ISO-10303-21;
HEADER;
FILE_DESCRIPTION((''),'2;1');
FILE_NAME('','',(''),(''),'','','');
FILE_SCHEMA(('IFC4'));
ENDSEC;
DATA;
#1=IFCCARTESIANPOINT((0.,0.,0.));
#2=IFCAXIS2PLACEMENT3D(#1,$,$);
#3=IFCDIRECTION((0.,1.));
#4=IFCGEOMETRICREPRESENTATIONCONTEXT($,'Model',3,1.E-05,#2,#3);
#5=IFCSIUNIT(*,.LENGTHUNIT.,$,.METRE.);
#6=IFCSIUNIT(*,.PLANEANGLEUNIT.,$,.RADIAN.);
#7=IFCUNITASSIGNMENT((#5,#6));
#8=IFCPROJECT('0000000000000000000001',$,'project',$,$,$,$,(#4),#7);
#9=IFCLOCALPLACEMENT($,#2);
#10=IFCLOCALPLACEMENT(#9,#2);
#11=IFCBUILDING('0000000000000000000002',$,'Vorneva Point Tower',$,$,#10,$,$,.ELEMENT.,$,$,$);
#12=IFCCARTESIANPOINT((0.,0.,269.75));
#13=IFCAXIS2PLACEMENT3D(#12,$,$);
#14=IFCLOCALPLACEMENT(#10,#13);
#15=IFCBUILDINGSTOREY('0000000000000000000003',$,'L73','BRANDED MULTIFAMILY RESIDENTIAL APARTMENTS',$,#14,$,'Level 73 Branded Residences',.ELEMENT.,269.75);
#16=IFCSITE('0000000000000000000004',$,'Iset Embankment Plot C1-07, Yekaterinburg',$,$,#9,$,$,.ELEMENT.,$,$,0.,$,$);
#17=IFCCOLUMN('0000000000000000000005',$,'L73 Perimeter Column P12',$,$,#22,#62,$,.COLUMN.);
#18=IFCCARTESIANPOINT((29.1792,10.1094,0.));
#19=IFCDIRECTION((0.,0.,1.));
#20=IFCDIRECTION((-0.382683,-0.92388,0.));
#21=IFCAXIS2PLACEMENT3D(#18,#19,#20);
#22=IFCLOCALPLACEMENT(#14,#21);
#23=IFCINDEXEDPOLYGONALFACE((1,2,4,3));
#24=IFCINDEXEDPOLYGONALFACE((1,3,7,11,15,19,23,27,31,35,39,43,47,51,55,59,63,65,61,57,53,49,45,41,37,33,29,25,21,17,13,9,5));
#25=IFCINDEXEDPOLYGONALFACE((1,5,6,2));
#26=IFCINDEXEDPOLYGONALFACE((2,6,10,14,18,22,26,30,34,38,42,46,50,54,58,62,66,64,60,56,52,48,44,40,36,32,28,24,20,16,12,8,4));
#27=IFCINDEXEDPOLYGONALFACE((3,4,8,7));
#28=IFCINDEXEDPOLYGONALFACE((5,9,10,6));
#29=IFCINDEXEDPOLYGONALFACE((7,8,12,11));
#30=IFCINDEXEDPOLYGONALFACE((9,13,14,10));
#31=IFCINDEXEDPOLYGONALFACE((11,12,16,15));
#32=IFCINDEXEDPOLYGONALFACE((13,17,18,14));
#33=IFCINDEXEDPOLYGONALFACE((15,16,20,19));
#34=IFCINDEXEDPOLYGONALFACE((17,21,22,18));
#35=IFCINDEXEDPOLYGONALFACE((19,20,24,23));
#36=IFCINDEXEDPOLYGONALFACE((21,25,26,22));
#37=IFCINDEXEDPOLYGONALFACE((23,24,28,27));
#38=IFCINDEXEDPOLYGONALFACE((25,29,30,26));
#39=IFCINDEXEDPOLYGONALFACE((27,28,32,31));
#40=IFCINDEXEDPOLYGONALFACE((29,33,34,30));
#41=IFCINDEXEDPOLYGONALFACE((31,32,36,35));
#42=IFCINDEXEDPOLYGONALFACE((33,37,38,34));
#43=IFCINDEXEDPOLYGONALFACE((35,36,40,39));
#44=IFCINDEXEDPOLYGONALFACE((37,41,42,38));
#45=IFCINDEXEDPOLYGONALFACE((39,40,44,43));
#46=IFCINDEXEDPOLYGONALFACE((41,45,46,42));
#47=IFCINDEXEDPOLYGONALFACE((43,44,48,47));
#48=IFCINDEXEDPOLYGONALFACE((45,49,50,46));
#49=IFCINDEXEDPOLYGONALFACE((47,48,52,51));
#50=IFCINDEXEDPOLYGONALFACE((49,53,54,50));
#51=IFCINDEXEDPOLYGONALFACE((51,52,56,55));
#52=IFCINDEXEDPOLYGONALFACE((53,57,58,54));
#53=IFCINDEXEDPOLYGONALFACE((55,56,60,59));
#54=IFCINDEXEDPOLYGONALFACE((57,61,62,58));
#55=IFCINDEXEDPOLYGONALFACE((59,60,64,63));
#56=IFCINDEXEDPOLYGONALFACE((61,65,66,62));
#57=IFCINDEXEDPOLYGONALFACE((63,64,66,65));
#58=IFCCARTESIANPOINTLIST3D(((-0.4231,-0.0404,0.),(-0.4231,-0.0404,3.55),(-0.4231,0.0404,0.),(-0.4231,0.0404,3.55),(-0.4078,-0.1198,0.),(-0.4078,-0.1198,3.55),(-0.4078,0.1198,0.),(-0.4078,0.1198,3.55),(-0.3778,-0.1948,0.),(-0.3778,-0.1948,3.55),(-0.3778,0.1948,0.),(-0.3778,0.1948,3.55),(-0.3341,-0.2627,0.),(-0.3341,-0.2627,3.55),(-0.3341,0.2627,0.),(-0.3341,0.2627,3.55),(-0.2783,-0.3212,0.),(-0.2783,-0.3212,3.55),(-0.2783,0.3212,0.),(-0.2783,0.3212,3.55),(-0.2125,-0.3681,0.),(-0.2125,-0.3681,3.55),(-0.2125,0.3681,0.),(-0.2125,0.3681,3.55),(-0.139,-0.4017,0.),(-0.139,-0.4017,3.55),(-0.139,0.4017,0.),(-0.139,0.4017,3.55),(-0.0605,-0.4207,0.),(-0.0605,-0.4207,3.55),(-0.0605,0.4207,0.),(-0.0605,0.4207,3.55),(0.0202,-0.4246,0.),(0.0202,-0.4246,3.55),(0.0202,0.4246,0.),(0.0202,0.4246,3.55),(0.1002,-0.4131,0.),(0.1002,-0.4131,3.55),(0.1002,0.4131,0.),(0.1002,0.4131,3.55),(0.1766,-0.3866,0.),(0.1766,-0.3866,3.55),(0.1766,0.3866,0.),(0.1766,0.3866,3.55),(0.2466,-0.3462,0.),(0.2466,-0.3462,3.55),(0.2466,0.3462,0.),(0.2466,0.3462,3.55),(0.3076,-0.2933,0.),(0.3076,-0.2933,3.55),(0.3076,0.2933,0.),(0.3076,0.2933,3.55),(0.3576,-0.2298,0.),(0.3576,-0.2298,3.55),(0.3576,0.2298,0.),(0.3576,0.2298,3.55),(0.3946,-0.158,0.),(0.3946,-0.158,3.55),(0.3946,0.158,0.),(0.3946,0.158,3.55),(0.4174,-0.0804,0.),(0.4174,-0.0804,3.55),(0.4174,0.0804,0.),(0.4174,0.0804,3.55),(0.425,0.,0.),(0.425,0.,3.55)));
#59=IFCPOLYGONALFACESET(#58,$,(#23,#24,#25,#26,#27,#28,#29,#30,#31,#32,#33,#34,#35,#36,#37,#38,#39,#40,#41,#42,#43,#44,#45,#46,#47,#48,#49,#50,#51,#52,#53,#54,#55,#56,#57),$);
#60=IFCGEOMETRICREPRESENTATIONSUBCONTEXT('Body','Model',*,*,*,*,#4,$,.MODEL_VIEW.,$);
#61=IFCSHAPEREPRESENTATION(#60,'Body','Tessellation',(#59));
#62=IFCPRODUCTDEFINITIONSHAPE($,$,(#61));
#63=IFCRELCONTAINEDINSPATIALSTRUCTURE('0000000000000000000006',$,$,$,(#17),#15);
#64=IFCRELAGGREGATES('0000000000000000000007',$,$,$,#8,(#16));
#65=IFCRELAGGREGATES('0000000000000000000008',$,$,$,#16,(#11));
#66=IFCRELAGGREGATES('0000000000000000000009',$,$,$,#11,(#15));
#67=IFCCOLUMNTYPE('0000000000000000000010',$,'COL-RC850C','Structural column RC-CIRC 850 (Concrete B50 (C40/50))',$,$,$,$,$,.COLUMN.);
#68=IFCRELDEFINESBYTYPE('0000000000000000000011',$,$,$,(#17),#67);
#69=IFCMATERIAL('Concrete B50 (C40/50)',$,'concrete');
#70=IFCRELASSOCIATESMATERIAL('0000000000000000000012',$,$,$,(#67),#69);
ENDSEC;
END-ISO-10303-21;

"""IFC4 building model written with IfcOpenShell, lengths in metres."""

from ifc_helpers import new_model, si_unit, direction, frame, origin, origin_2d, place, context, subcontext, project, spatial, circle, extrude, material, material_profile, profile_set, type_object, element, save


model = new_model("IFC4")

# Units and contexts
model_context = context("Model", 3, precision=1e-05, world=origin(), true_north=direction((0.0, 1.0)))
body_context = subcontext(model_context, "Body", "Model", "MODEL_VIEW")
ifc_project = project(units=[si_unit("LENGTHUNIT", "METRE"), si_unit("PLANEANGLEUNIT", "RADIAN")], contexts=[model_context])

# Site, building, storey
site_placement = place(None, origin())
site = spatial("IfcSite", under=ifc_project, at=site_placement, Name="Iset Embankment Plot C1-07, Yekaterinburg", CompositionType="ELEMENT", RefElevation=0.0)
building_placement = place(site_placement, origin())
building = spatial("IfcBuilding", under=site, at=building_placement, Name="Vorneva Point Tower", CompositionType="ELEMENT")
storey_placement = place(building_placement, frame((0.0, 0.0, 269.75)))
storey = spatial("IfcBuildingStorey", under=building, at=storey_placement, Name="L73", Description="BRANDED MULTIFAMILY RESIDENTIAL APARTMENTS", LongName="Level 73 Branded Residences", CompositionType="ELEMENT", Elevation=269.75)

# Column
ifc_material_1 = material(Name="Concrete B50 (C40/50)", Category="concrete")
ifc_material_profile_1 = material_profile(ifc_material_1, circle(Radius=0.425, at=origin_2d()), Name="RC-CIRC 850")
ifc_profile_set_1 = profile_set([ifc_material_profile_1], Name="Concrete B50 (C40/50)")
column_type_1 = type_object("IfcColumnType", Name="COL-RC850C", Description="Structural column RC-CIRC 850 (Concrete B50 (C40/50))", PredefinedType="COLUMN", material=ifc_profile_set_1)
column_1_placement = place(storey_placement, frame((29.1792, 10.1094, 0.0), z_axis=(0.0, 0.0, 1.0), x_axis=(-0.382683, -0.92388, 0.0)))
element("IfcColumn", 1, at=column_1_placement, inside=storey, type_object=column_type_1, Name="L73 Perimeter Column P12", PredefinedType="COLUMN", context=body_context, shape_type="SweptSolid", body=[
    extrude(circle(Radius=0.425, at=origin_2d()), origin(), (0.0, 0.0, 1.0), 3.55),
])

save(model, "model.ifc")
